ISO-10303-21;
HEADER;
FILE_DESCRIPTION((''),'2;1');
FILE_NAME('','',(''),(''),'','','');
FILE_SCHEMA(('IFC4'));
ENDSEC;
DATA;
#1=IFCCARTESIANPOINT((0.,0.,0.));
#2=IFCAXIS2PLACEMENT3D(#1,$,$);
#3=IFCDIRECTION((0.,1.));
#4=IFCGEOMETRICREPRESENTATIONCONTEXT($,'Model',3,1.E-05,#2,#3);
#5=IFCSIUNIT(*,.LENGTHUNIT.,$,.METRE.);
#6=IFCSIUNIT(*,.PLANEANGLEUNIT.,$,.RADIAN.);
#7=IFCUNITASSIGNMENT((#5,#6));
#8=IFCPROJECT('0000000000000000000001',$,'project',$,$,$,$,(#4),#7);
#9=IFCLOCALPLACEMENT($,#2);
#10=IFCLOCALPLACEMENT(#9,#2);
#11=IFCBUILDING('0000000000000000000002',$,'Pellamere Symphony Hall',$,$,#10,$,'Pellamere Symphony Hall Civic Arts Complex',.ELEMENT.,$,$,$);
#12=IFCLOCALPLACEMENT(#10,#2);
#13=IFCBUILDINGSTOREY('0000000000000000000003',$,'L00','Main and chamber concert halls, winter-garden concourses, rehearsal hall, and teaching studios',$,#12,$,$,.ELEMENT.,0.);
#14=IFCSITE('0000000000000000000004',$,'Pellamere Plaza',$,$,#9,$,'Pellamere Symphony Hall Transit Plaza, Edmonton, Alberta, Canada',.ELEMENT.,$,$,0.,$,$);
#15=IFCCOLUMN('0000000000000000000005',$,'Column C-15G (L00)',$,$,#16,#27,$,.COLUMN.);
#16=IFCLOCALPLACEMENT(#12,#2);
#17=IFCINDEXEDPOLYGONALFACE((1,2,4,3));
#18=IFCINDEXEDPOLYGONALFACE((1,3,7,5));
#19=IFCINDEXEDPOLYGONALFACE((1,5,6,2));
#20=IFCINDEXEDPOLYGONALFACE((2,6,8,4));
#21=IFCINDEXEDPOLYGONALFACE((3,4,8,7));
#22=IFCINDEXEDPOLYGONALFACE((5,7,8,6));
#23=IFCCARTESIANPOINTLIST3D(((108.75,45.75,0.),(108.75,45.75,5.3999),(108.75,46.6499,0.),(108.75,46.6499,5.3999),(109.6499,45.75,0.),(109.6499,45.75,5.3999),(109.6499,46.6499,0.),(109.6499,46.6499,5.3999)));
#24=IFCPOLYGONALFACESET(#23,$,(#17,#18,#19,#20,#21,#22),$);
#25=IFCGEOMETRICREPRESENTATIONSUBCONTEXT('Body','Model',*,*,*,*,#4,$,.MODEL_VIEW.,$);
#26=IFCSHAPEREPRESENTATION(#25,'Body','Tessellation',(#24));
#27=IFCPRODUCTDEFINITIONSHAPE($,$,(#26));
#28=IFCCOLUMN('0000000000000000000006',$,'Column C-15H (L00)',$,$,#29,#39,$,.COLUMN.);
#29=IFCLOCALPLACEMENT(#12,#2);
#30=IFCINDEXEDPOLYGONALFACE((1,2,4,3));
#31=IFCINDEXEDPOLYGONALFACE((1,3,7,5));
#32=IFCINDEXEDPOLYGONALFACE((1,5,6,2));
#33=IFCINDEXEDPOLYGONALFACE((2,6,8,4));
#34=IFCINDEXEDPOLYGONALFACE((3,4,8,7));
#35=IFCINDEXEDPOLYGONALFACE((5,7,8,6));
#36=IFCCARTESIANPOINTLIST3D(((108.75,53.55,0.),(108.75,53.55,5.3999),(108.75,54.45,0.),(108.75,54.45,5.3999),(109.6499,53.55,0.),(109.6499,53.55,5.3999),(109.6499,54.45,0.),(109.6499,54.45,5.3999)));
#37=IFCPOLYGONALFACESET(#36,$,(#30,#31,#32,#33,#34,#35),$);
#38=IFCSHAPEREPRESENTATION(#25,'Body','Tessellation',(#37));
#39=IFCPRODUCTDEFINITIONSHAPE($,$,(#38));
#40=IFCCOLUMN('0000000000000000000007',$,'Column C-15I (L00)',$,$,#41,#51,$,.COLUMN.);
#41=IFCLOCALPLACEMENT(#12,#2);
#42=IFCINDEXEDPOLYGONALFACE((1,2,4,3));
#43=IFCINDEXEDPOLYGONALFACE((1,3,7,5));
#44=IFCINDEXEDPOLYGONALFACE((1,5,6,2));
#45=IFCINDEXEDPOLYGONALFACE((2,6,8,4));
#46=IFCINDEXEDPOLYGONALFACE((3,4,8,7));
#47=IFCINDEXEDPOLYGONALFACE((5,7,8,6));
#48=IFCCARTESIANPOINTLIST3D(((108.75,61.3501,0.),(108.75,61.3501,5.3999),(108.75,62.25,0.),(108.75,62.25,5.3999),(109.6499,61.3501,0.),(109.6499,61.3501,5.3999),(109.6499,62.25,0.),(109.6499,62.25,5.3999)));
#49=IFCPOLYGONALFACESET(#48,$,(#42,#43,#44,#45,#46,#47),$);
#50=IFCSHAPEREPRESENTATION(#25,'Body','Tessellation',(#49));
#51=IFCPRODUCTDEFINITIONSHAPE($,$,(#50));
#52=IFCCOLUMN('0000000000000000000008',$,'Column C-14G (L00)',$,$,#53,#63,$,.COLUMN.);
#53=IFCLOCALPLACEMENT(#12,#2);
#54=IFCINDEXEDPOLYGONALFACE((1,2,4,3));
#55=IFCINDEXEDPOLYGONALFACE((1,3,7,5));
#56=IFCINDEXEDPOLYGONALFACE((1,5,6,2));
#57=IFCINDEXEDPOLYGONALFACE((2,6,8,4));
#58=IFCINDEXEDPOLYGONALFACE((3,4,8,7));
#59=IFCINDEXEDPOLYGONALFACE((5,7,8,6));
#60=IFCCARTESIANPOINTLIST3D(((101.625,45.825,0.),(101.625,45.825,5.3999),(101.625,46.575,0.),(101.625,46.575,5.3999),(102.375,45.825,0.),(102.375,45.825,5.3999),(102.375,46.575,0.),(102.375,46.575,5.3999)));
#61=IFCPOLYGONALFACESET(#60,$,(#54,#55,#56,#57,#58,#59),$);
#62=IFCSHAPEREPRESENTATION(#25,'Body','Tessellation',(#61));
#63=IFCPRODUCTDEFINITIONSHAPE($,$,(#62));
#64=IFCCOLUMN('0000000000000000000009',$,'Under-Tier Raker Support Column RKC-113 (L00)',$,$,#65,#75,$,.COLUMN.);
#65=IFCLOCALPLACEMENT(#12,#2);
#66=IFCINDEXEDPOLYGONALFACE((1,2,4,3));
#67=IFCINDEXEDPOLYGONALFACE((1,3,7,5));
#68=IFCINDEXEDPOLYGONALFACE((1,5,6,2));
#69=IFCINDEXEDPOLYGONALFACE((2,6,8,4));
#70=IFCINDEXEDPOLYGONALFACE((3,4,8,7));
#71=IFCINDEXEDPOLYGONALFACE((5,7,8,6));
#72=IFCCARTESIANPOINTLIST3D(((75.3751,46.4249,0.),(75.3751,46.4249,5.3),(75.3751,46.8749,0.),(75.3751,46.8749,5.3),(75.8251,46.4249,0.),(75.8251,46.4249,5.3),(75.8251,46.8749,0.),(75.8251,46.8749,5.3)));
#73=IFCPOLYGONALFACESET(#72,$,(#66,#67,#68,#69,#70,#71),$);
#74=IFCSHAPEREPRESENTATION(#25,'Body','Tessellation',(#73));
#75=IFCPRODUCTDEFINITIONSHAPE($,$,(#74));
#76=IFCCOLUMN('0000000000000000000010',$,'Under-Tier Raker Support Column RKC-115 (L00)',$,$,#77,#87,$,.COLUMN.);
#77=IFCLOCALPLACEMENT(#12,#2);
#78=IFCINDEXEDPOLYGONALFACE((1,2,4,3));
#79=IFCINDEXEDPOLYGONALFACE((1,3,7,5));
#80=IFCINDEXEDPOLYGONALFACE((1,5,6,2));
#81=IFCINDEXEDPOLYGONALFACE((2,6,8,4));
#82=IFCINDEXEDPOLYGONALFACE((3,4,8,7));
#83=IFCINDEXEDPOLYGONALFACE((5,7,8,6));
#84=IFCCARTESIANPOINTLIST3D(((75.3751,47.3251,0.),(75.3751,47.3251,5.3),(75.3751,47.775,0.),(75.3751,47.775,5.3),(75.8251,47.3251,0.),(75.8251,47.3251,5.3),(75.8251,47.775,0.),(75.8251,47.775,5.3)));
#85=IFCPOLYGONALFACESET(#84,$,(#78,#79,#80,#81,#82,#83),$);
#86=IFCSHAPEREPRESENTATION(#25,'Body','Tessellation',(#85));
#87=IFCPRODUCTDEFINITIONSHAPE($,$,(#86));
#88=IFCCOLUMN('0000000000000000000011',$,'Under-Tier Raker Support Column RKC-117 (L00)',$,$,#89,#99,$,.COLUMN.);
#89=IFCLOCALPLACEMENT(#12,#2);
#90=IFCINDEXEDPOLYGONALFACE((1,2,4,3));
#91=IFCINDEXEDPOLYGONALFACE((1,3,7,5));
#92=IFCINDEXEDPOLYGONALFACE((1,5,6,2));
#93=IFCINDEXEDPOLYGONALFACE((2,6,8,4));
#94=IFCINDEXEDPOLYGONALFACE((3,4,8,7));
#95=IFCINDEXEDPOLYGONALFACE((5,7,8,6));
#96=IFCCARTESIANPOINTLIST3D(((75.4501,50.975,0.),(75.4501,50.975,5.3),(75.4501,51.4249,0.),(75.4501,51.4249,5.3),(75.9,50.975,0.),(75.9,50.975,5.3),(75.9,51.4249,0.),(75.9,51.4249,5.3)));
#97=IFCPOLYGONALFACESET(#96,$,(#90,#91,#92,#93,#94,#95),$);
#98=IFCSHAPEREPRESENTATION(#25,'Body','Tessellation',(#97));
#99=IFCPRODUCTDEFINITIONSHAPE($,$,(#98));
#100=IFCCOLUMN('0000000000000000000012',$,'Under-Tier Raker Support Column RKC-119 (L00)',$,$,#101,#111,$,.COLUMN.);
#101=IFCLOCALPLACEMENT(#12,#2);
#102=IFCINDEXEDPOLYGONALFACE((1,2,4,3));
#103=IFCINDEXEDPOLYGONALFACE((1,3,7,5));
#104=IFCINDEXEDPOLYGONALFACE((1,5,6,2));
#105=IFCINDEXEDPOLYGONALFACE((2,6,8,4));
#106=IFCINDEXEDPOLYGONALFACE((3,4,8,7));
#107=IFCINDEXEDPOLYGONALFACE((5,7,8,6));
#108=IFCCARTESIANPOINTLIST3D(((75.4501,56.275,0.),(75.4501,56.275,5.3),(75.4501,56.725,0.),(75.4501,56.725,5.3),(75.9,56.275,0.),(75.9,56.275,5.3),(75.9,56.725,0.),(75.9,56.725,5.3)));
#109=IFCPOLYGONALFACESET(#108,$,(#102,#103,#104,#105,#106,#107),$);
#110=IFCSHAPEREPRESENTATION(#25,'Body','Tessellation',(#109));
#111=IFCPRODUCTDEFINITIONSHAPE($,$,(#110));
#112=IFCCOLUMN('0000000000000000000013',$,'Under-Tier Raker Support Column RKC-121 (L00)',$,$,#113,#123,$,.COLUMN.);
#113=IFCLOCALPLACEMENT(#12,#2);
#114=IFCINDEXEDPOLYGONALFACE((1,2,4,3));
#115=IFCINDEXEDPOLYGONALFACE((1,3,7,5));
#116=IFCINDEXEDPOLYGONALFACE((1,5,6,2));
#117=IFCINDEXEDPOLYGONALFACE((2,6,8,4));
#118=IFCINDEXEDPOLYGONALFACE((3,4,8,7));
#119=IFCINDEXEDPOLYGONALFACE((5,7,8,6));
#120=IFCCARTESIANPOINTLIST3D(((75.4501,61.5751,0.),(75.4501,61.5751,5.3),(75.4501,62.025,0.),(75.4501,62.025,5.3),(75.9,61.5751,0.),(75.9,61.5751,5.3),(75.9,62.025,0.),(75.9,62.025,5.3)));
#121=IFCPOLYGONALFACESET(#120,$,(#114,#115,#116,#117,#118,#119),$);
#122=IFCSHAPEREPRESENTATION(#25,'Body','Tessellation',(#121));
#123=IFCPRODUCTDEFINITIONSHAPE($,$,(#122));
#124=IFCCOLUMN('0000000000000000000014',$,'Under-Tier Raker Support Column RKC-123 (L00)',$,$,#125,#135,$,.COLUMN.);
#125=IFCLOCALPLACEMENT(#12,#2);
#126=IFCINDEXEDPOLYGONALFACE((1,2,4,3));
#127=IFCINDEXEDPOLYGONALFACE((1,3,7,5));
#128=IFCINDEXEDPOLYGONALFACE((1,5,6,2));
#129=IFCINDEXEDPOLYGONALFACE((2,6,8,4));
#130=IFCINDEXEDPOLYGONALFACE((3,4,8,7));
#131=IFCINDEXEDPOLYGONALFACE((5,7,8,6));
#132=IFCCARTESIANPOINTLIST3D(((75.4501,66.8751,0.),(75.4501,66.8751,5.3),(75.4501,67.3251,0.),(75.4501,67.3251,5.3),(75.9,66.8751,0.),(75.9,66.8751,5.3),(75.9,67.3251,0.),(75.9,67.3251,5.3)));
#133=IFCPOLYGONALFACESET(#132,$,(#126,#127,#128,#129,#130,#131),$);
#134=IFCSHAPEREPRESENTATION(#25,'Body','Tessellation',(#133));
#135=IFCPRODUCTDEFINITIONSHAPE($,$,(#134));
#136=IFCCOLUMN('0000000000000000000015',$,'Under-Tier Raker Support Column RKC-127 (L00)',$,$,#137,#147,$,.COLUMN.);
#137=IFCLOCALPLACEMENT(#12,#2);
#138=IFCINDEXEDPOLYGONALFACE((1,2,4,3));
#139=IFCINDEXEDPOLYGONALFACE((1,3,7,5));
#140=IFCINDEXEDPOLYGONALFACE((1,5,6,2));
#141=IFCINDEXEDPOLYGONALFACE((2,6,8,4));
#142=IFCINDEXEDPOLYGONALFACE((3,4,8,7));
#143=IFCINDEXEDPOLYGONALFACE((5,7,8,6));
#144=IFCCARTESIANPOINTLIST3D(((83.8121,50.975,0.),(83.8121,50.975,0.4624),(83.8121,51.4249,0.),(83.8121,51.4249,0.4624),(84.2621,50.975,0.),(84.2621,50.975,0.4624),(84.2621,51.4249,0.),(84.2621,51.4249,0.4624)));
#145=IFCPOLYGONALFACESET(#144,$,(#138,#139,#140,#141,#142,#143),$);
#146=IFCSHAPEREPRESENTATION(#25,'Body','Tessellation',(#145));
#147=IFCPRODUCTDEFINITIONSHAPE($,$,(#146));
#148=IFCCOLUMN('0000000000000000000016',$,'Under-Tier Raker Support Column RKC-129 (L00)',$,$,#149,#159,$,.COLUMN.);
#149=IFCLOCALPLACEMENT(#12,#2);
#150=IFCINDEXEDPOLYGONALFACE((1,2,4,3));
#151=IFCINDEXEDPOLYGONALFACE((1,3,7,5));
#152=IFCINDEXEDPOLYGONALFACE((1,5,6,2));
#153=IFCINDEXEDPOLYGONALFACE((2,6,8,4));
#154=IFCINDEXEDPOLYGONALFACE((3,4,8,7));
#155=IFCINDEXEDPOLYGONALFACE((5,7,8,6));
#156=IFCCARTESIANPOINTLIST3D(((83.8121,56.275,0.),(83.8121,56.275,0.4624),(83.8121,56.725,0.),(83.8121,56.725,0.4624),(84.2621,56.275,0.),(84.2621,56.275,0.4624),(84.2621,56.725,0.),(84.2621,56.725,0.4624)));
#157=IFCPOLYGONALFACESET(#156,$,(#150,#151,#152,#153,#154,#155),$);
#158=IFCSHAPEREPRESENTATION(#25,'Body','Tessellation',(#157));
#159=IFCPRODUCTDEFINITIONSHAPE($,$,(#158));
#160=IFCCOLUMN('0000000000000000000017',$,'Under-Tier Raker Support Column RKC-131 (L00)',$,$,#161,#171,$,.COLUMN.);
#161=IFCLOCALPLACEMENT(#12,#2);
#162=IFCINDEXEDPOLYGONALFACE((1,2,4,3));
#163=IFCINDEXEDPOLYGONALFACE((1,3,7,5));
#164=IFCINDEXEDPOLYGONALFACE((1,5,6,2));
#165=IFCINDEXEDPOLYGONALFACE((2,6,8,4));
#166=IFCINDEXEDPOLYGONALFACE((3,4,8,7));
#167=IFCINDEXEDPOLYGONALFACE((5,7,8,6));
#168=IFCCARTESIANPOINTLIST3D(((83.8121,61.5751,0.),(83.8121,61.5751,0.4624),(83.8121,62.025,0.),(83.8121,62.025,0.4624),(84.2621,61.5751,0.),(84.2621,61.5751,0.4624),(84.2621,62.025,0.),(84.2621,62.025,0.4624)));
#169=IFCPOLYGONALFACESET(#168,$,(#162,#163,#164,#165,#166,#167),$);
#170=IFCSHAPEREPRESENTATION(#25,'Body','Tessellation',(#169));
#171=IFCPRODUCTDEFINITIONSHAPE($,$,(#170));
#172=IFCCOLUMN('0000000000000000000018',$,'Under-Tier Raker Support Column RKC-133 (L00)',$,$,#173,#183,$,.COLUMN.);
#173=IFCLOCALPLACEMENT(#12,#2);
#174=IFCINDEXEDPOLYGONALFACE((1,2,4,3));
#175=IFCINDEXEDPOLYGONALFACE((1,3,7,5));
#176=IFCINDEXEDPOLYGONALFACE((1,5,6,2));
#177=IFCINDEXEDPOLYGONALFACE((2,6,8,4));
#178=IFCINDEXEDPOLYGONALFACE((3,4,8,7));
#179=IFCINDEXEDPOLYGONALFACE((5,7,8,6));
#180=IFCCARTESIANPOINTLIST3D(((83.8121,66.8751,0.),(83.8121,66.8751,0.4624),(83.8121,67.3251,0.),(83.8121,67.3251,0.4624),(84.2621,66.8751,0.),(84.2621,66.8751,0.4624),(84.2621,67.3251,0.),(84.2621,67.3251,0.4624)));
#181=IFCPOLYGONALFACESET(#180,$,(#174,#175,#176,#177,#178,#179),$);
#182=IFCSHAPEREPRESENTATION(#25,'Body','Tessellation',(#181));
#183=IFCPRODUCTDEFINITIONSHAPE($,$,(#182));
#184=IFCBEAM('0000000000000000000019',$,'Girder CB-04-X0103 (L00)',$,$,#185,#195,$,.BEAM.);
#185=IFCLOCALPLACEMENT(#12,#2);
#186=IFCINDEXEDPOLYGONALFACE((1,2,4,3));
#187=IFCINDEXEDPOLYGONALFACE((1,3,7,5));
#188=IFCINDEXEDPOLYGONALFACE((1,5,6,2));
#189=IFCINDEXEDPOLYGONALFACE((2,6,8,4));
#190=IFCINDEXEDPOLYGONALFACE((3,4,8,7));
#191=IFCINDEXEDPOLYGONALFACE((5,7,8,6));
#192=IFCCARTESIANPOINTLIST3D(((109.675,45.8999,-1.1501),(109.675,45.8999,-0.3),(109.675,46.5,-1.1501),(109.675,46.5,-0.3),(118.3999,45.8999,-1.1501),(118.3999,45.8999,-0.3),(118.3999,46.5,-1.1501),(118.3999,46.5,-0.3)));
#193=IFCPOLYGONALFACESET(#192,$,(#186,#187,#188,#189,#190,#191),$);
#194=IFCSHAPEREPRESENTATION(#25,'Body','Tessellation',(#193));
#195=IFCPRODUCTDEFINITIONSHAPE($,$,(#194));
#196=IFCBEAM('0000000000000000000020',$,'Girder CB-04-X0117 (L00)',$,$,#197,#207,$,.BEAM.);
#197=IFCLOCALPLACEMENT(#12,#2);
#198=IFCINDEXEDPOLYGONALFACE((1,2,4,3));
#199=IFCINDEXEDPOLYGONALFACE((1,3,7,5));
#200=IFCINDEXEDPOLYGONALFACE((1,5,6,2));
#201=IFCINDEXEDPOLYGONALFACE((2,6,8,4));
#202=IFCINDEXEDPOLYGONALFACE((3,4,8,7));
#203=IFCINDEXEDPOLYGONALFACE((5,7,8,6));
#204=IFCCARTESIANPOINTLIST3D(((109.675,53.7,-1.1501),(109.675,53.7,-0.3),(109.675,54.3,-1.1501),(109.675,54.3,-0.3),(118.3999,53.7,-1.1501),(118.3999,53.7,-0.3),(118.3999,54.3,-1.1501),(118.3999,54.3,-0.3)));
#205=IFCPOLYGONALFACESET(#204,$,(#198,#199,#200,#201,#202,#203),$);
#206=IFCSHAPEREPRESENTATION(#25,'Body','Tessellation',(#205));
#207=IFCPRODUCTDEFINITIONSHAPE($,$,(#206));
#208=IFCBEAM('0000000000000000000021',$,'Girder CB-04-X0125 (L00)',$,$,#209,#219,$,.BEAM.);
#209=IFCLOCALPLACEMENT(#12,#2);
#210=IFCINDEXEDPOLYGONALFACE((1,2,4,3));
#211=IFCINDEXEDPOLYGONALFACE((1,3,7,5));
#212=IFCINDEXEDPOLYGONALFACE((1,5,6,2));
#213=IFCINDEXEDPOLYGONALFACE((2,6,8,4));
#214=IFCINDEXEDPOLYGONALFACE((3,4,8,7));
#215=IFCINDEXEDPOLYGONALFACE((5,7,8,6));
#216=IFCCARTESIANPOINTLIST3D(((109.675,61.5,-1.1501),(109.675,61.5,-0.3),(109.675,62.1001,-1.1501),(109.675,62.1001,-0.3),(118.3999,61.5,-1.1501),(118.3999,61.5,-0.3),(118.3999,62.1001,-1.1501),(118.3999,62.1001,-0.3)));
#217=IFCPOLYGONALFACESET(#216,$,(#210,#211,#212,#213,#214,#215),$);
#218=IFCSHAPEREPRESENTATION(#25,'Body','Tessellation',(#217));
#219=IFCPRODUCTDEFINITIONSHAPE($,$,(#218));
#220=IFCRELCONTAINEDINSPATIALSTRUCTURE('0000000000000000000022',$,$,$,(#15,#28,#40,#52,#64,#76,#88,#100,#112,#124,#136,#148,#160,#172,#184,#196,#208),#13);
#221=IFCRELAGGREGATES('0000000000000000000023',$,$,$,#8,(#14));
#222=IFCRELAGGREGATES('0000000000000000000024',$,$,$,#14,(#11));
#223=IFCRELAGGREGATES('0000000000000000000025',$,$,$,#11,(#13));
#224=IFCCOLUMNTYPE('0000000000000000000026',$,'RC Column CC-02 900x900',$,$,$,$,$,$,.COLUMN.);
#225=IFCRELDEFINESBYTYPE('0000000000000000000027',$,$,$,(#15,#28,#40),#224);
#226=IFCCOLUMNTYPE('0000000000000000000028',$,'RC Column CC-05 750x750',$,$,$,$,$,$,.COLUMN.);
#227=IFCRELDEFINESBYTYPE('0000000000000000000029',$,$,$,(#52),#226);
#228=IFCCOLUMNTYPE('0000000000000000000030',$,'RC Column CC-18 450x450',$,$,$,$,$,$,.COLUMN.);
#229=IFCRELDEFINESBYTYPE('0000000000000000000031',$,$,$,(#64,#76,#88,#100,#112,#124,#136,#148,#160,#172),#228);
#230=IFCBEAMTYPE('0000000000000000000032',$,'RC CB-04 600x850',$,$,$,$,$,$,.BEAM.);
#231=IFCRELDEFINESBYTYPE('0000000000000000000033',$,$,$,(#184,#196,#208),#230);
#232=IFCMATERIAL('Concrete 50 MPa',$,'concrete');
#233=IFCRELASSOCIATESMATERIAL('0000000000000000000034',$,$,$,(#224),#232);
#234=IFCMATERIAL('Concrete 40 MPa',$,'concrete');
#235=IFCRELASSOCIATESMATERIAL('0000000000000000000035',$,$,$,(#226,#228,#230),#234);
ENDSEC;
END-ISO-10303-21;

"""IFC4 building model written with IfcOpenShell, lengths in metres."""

from ifc_helpers import new_model, si_unit, direction, frame, origin, origin_2d, place, context, subcontext, project, spatial, rectangle, extrude, material, material_profile, profile_set, type_object, element, save


model = new_model("IFC4")

# Units and contexts
model_context = context("Model", 3, precision=1e-05, world=origin(), true_north=direction((0.0, 1.0)))
body_context = subcontext(model_context, "Body", "Model", "MODEL_VIEW")
ifc_project = project(units=[si_unit("LENGTHUNIT", "METRE"), si_unit("PLANEANGLEUNIT", "RADIAN")], contexts=[model_context])

# Site, building, storey
site_placement = place(None, origin())
site = spatial("IfcSite", under=ifc_project, at=site_placement, Name="Pellamere Plaza", LongName="Pellamere Symphony Hall Transit Plaza, Edmonton, Alberta, Canada", CompositionType="ELEMENT", RefElevation=0.0)
building_placement = place(site_placement, origin())
building = spatial("IfcBuilding", under=site, at=building_placement, Name="Pellamere Symphony Hall", LongName="Pellamere Symphony Hall Civic Arts Complex", CompositionType="ELEMENT")
storey_placement = place(building_placement, origin())
storey = spatial("IfcBuildingStorey", under=building, at=storey_placement, Name="L00", Description="Main and chamber concert halls, winter-garden concourses, rehearsal hall, and teaching studios", CompositionType="ELEMENT", Elevation=0.0)

# Columns
ifc_material_1 = material(Name="Concrete 50 MPa", Category="concrete")
ifc_material_profile_1 = material_profile(ifc_material_1, rectangle(XDim=0.8999, YDim=0.8999, at=origin_2d()), Name="RC 900x900")
ifc_profile_set_1 = profile_set([ifc_material_profile_1], Name="Concrete 50 MPa")
column_type_1 = type_object("IfcColumnType", Name="RC Column CC-02 900x900", PredefinedType="COLUMN", material=ifc_profile_set_1)
for number, where, z_axis, x_axis, name in (
    (1, (109.2, 46.2, 0.0), (0.0, 0.0, 1.0), (1.0, 0.0, 0.0), "Column C-15G (L00)"),
    (2, (109.2, 54.0, 0.0), (0.0, 0.0, 1.0), (1.0, 0.0, 0.0), "Column C-15H (L00)"),
    (3, (109.2, 61.8, 0.0), (0.0, 0.0, 1.0), (1.0, 0.0, 0.0), "Column C-15I (L00)"),
):
    element("IfcColumn", number, at=place(storey_placement, frame(where, z_axis=z_axis, x_axis=x_axis)), inside=storey, type_object=column_type_1, Name=name, PredefinedType="COLUMN", context=body_context, shape_type="SweptSolid", body=[
        extrude(rectangle(XDim=0.8999, YDim=0.8999, at=origin_2d()), origin(), (0.0, 0.0, 1.0), 5.3999),
    ])
ifc_material_2 = material(Name="Concrete 40 MPa", Category="concrete")
ifc_material_profile_2 = material_profile(ifc_material_2, rectangle(XDim=0.75, YDim=0.75, at=origin_2d()), Name="RC 750x750")
ifc_profile_set_2 = profile_set([ifc_material_profile_2], Name="Concrete 40 MPa")
column_type_2 = type_object("IfcColumnType", Name="RC Column CC-05 750x750", PredefinedType="COLUMN", material=ifc_profile_set_2)
column_placement = place(storey_placement, frame((102.0, 46.2, 0.0), z_axis=(0.0, 0.0, 1.0), x_axis=(1.0, 0.0, 0.0)))
element("IfcColumn", 4, at=column_placement, inside=storey, type_object=column_type_2, Name="Column C-14G (L00)", PredefinedType="COLUMN", context=body_context, shape_type="SweptSolid", body=[
    extrude(rectangle(XDim=0.75, YDim=0.75, at=origin_2d()), origin(), (0.0, 0.0, 1.0), 5.3999),
])
ifc_material_profile_3 = material_profile(ifc_material_2, rectangle(XDim=0.45, YDim=0.45, at=origin_2d()), Name="RC 450x450")
ifc_profile_set_3 = profile_set([ifc_material_profile_3], Name="Concrete 40 MPa")
column_type_3 = type_object("IfcColumnType", Name="RC Column CC-18 450x450", PredefinedType="COLUMN", material=ifc_profile_set_3)
for number, where, z_axis, x_axis, name in (
    (5, (75.6001, 46.6499, 0.0), (0.0, 0.0, 1.0), (1.0, 0.0, 0.0), "Under-Tier Raker Support Column RKC-113 (L00)"),
    (6, (75.6001, 47.55, 0.0), (0.0, 0.0, 1.0), (1.0, 0.0, 0.0), "Under-Tier Raker Support Column RKC-115 (L00)"),
    (7, (75.675, 51.2, 0.0), (0.0, 0.0, 1.0), (1.0, 0.0, 0.0), "Under-Tier Raker Support Column RKC-117 (L00)"),
    (8, (75.675, 56.5, 0.0), (0.0, 0.0, 1.0), (1.0, 0.0, 0.0), "Under-Tier Raker Support Column RKC-119 (L00)"),
    (9, (75.675, 61.8, 0.0), (0.0, 0.0, 1.0), (1.0, 0.0, 0.0), "Under-Tier Raker Support Column RKC-121 (L00)"),
    (10, (75.675, 67.1001, 0.0), (0.0, 0.0, 1.0), (1.0, 0.0, 0.0), "Under-Tier Raker Support Column RKC-123 (L00)"),
):
    element("IfcColumn", number, at=place(storey_placement, frame(where, z_axis=z_axis, x_axis=x_axis)), inside=storey, type_object=column_type_3, Name=name, PredefinedType="COLUMN", context=body_context, shape_type="SweptSolid", body=[
        extrude(rectangle(XDim=0.45, YDim=0.45, at=origin_2d()), origin(), (0.0, 0.0, 1.0), 5.3),
    ])
for number, where, z_axis, x_axis, name in (
    (11, (84.0371, 51.2, 0.0), (0.0, 0.0, 1.0), (1.0, 0.0, 0.0), "Under-Tier Raker Support Column RKC-127 (L00)"),
    (12, (84.0371, 56.5, 0.0), (0.0, 0.0, 1.0), (1.0, 0.0, 0.0), "Under-Tier Raker Support Column RKC-129 (L00)"),
    (13, (84.0371, 61.8, 0.0), (0.0, 0.0, 1.0), (1.0, 0.0, 0.0), "Under-Tier Raker Support Column RKC-131 (L00)"),
    (14, (84.0371, 67.1001, 0.0), (0.0, 0.0, 1.0), (1.0, 0.0, 0.0), "Under-Tier Raker Support Column RKC-133 (L00)"),
):
    element("IfcColumn", number, at=place(storey_placement, frame(where, z_axis=z_axis, x_axis=x_axis)), inside=storey, type_object=column_type_3, Name=name, PredefinedType="COLUMN", context=body_context, shape_type="SweptSolid", body=[
        extrude(rectangle(XDim=0.45, YDim=0.45, at=origin_2d()), origin(), (0.0, 0.0, 1.0), 0.4624),
    ])

# Beams
ifc_material_profile_4 = material_profile(ifc_material_2, rectangle(XDim=0.6001, YDim=0.8501, at=origin_2d()), Name="RC 600x850")
ifc_profile_set_4 = profile_set([ifc_material_profile_4], Name="Concrete 40 MPa")
beam_type_1 = type_object("IfcBeamType", Name="RC CB-04 600x850", PredefinedType="BEAM", material=ifc_profile_set_4)
for number, where, z_axis, x_axis, name in (
    (15, (109.675, 46.2, -0.7251), (1.0, 0.0, 0.0), (0.0, 1.0, 0.0), "Girder CB-04-X0103 (L00)"),
    (16, (109.675, 54.0, -0.7251), (1.0, 0.0, 0.0), (0.0, 1.0, 0.0), "Girder CB-04-X0117 (L00)"),
    (17, (109.675, 61.8, -0.7251), (1.0, 0.0, 0.0), (0.0, 1.0, 0.0), "Girder CB-04-X0125 (L00)"),
):
    element("IfcBeam", number, at=place(storey_placement, frame(where, z_axis=z_axis, x_axis=x_axis)), inside=storey, type_object=beam_type_1, Name=name, PredefinedType="BEAM", context=body_context, shape_type="SweptSolid", body=[
        extrude(rectangle(XDim=0.6001, YDim=0.8501, at=origin_2d()), origin(), (0.0, 0.0, 1.0), 8.7249),
    ])

save(model, "model.ifc")
